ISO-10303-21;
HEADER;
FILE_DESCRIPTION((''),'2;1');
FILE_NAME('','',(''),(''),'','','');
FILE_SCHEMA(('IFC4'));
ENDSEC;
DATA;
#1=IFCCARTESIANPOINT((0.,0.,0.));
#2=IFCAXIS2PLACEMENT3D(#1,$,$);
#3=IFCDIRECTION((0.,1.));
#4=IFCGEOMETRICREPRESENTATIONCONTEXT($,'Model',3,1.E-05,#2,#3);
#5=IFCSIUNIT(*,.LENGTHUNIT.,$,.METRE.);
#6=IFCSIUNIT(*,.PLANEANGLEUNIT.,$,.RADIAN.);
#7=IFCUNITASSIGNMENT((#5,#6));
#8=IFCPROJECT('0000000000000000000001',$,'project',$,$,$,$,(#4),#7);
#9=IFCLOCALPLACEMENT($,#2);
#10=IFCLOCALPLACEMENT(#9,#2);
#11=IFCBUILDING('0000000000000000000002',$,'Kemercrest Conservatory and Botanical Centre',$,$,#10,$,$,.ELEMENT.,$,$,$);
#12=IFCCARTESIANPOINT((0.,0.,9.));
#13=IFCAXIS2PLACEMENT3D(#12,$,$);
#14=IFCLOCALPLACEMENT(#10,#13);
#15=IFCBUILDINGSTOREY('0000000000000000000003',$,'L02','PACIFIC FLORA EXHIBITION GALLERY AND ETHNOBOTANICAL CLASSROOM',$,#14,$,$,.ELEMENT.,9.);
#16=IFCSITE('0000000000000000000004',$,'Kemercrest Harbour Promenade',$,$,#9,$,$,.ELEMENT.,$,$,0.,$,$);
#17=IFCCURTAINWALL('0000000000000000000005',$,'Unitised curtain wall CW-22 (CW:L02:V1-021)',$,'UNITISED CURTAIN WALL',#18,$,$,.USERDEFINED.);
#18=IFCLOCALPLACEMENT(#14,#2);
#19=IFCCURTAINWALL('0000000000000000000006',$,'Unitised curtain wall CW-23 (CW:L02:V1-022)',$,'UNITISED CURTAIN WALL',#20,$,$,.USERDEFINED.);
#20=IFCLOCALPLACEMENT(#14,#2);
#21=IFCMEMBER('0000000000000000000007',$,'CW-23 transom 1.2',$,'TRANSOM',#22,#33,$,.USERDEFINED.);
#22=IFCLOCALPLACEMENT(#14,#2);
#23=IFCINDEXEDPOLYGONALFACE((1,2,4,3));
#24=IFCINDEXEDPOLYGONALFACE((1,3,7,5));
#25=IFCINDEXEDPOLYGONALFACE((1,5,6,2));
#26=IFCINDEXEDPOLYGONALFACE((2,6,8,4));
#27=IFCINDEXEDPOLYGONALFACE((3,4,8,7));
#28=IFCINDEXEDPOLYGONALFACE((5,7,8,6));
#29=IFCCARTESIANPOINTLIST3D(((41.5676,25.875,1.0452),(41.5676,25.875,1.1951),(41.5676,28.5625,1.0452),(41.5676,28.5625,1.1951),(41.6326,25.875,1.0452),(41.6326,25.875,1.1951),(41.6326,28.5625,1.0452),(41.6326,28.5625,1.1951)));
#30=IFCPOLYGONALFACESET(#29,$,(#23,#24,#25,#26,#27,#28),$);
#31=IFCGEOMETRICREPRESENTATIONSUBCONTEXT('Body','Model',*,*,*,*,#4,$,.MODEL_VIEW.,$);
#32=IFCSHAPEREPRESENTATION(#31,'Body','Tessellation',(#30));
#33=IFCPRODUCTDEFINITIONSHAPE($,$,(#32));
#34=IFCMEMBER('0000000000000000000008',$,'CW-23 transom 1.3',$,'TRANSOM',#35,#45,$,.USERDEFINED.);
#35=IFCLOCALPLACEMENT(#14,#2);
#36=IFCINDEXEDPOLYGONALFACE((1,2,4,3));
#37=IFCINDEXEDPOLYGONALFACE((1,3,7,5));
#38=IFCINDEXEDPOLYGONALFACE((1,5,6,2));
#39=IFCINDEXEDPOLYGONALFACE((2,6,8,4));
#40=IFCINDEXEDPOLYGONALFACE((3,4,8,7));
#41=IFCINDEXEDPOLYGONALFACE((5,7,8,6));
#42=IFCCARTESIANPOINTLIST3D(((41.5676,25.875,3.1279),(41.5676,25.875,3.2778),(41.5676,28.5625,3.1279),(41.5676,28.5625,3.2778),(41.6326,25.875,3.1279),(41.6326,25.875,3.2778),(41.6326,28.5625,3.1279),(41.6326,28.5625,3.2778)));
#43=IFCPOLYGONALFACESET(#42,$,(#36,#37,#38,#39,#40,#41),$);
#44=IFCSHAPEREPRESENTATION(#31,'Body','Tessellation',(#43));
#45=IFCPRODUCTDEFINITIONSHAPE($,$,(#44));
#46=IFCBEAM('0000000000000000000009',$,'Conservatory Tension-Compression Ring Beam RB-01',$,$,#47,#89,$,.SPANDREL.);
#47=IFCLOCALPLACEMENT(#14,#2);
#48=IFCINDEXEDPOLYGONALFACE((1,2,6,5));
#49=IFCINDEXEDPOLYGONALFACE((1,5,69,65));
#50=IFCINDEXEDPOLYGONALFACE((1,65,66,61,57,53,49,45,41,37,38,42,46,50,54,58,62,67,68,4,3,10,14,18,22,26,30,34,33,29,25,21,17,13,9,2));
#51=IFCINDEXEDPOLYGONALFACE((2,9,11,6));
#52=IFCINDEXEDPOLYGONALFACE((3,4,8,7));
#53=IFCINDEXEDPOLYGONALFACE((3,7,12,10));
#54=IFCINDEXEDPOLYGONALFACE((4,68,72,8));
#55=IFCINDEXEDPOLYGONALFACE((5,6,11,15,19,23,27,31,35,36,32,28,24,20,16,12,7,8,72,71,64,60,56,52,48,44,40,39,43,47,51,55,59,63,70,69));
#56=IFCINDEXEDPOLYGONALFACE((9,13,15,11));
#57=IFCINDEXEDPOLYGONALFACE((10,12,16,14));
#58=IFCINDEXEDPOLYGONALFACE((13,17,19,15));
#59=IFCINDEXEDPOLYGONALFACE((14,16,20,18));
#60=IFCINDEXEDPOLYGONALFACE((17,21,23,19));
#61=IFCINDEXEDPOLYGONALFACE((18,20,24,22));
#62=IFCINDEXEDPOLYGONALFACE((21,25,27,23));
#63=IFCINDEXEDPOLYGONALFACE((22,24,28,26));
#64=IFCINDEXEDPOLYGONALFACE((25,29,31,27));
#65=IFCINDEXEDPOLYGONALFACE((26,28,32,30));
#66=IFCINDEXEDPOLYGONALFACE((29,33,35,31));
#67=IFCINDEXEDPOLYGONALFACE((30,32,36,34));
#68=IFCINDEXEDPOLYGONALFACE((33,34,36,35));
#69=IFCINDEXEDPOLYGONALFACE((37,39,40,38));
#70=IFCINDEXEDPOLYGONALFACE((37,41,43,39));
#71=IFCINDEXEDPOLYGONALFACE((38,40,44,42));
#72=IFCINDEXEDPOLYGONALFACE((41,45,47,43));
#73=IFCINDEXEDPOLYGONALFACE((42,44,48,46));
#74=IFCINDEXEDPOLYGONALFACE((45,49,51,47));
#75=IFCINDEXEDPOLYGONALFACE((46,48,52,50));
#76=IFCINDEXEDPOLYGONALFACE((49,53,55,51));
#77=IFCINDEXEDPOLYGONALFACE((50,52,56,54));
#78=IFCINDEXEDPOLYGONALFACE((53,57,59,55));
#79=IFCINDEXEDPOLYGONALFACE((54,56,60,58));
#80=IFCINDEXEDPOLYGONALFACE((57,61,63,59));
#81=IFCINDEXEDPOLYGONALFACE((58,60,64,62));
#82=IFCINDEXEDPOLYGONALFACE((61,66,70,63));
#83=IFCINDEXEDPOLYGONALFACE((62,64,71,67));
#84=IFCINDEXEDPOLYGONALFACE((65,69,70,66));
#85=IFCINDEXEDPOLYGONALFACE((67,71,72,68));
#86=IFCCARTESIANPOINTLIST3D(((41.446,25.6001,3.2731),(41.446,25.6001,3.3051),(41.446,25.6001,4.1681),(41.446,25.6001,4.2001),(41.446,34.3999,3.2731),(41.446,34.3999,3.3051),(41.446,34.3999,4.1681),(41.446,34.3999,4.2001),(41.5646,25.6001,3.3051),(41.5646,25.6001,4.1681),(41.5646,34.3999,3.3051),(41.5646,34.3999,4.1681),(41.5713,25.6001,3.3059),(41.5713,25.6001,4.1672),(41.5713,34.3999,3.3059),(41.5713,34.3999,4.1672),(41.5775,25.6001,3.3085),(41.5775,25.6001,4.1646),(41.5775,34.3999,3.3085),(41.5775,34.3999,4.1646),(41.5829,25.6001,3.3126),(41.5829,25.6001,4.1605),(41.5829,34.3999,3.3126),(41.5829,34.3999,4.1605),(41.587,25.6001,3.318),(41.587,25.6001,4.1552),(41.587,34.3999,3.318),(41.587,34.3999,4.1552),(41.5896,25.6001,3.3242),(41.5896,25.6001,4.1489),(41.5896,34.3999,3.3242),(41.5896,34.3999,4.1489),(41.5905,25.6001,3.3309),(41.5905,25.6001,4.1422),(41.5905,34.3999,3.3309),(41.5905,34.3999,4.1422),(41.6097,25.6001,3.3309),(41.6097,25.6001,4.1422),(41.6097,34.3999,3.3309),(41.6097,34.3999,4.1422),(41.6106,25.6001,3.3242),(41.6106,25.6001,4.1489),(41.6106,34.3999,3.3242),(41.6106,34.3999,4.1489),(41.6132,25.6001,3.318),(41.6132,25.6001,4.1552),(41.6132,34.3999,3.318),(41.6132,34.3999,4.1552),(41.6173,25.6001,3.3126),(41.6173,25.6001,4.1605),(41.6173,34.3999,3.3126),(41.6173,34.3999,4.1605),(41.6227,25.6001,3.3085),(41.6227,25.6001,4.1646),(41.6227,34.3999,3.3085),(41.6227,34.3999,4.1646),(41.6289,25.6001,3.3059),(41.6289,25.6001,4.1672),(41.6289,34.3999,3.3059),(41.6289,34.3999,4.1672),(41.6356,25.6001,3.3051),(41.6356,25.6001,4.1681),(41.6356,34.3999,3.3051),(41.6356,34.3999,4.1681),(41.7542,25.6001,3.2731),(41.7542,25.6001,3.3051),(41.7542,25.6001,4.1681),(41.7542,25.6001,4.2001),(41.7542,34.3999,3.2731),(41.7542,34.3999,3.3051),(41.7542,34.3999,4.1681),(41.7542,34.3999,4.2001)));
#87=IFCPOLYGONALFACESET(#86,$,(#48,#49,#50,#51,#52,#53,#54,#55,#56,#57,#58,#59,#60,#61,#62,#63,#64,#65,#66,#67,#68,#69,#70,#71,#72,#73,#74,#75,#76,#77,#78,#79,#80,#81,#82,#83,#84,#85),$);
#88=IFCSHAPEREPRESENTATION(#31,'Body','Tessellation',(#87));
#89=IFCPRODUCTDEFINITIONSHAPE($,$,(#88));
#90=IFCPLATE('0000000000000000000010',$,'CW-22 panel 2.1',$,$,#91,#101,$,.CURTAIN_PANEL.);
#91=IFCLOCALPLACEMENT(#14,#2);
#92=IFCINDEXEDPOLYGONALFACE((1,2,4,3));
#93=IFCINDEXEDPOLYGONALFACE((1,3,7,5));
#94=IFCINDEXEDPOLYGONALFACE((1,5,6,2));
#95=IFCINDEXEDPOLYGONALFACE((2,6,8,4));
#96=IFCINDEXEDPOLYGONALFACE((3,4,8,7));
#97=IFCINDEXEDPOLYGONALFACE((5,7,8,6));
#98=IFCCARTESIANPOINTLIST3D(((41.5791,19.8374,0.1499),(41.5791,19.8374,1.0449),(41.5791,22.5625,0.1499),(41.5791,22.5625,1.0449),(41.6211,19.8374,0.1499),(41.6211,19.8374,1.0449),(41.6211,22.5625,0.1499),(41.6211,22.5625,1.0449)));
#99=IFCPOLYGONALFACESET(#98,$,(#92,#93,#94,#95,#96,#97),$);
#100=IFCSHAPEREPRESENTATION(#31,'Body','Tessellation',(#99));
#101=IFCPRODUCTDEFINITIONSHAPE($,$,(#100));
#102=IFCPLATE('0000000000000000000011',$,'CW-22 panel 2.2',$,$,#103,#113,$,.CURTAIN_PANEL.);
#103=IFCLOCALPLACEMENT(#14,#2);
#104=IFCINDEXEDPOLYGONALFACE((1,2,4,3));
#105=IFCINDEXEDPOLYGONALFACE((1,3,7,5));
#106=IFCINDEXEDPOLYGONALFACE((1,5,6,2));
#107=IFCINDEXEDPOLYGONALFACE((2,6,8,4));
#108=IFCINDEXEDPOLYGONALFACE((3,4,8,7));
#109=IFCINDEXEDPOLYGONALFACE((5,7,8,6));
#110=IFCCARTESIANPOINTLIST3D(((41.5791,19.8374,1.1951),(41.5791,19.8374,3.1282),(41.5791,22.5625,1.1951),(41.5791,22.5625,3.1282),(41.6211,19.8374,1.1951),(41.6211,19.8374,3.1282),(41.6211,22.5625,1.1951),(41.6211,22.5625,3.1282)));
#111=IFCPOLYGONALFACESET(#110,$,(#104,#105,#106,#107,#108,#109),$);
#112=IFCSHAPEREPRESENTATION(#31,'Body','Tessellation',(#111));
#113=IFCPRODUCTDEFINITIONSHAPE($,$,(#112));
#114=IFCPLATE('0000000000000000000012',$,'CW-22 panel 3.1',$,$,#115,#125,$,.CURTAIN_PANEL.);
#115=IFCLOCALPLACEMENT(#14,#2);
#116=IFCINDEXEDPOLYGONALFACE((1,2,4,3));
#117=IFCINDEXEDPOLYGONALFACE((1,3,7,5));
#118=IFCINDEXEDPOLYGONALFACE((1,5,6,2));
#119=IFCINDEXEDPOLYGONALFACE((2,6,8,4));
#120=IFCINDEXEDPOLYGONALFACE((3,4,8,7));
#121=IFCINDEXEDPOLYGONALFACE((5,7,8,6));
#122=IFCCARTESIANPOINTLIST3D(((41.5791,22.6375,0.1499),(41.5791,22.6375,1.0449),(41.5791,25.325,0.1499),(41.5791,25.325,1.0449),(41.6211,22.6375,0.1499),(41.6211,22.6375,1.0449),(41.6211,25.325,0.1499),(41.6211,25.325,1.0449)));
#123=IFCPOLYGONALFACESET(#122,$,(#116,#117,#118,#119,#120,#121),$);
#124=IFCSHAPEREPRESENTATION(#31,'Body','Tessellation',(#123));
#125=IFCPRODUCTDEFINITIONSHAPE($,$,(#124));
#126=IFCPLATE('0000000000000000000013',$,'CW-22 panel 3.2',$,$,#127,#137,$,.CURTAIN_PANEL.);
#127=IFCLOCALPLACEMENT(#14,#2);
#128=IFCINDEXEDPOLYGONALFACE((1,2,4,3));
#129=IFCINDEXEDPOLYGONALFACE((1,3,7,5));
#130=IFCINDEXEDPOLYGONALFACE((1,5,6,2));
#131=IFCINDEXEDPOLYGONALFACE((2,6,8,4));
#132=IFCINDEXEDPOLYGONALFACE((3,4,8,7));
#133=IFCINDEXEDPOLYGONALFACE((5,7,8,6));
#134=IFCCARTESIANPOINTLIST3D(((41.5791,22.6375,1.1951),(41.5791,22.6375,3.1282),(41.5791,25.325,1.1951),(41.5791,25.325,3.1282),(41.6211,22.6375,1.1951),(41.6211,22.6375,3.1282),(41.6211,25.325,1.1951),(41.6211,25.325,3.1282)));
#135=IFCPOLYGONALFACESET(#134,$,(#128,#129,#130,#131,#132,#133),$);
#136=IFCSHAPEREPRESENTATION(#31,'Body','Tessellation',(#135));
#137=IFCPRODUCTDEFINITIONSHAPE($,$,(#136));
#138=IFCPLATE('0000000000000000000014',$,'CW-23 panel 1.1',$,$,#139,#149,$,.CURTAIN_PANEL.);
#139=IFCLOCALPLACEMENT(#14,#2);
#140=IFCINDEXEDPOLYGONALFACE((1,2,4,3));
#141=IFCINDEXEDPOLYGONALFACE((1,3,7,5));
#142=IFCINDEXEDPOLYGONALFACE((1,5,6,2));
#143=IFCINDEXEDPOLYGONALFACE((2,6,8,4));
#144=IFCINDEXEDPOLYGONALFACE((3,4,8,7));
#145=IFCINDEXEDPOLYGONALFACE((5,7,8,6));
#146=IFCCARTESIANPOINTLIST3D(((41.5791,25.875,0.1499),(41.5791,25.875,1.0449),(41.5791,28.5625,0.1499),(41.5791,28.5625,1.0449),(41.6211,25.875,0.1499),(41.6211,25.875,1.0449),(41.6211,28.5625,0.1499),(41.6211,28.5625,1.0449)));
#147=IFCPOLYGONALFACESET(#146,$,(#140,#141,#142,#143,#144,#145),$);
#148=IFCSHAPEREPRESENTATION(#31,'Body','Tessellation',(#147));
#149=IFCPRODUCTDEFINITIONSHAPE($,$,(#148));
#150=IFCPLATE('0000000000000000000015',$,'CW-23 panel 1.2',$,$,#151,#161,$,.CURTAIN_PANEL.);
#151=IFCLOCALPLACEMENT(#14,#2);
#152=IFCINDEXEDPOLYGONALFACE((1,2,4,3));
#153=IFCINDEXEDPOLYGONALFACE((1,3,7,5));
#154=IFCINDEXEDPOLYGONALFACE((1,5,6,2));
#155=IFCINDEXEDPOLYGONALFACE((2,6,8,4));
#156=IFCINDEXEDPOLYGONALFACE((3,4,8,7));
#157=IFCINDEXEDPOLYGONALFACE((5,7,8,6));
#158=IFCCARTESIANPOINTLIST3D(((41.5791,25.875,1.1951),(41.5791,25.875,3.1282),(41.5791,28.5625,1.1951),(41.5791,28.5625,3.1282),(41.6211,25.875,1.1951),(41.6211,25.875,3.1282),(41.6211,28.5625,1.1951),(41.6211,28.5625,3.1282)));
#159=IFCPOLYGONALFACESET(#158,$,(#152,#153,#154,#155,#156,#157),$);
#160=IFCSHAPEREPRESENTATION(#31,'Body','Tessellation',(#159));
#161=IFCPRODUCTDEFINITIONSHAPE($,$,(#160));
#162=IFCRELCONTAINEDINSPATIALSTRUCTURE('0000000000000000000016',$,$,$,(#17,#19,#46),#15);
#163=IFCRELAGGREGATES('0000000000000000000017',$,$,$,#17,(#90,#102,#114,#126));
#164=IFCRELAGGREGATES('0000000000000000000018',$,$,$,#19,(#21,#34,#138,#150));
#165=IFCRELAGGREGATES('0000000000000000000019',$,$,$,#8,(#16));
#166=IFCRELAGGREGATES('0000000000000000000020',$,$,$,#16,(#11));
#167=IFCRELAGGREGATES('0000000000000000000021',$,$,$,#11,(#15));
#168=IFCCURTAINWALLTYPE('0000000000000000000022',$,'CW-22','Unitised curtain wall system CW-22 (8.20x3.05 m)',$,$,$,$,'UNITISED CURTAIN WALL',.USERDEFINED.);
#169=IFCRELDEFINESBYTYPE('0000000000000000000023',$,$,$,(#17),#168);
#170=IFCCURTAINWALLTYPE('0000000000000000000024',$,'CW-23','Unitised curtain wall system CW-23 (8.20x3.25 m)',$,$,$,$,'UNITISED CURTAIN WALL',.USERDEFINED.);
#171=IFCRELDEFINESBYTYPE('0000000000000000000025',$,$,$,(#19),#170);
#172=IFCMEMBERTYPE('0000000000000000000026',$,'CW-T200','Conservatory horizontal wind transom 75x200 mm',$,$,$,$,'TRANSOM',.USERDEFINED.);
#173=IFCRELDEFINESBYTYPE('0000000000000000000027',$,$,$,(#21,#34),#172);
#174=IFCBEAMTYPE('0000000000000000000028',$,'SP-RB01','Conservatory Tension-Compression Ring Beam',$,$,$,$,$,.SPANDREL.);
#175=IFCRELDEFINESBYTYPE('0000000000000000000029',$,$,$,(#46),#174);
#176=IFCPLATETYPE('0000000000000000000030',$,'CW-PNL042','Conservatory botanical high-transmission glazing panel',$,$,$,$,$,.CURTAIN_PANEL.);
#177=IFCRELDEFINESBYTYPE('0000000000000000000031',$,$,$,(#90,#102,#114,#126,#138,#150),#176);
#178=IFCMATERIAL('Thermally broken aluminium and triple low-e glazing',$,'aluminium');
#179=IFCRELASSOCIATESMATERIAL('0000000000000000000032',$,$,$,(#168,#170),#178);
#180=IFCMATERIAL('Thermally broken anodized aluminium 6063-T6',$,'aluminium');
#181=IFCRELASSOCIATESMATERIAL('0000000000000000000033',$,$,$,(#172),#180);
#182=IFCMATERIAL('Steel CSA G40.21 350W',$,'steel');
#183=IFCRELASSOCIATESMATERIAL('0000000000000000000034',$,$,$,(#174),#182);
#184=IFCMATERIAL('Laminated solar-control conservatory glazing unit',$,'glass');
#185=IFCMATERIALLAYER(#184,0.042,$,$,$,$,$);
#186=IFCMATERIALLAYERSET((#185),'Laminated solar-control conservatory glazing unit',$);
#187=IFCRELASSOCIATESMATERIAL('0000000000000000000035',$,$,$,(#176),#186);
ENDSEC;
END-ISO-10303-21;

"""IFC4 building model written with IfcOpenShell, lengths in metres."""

from ifc_helpers import new_model, si_unit, direction, frame, origin, origin_2d, place, context, subcontext, project, spatial, rectangle, i_section, extrude, material, layer, layer_set, material_profile, profile_set, type_object, element, aggregate, save


model = new_model("IFC4")

# Units and contexts
model_context = context("Model", 3, precision=1e-05, world=origin(), true_north=direction((0.0, 1.0)))
body_context = subcontext(model_context, "Body", "Model", "MODEL_VIEW")
ifc_project = project(units=[si_unit("LENGTHUNIT", "METRE"), si_unit("PLANEANGLEUNIT", "RADIAN")], contexts=[model_context])

# Site, building, storey
site_placement = place(None, origin())
site = spatial("IfcSite", under=ifc_project, at=site_placement, Name="Kemercrest Harbour Promenade", CompositionType="ELEMENT", RefElevation=0.0)
building_placement = place(site_placement, origin())
building = spatial("IfcBuilding", under=site, at=building_placement, Name="Kemercrest Conservatory and Botanical Centre", CompositionType="ELEMENT")
storey_placement = place(building_placement, frame((0.0, 0.0, 9.0)))
storey = spatial("IfcBuildingStorey", under=building, at=storey_placement, Name="L02", Description="PACIFIC FLORA EXHIBITION GALLERY AND ETHNOBOTANICAL CLASSROOM", CompositionType="ELEMENT", Elevation=9.0)

# Shared definitions
ifc_material_1 = material(Name="Steel CSA G40.21 350W", Category="steel")

# Curtain walls
ifc_material_2 = material(Name="Thermally broken aluminium and triple low-e glazing", Category="aluminium")
curtain_wall_type_1 = type_object("IfcCurtainWallType", Name="CW-22", Description="Unitised curtain wall system CW-22 (8.20x3.05 m)", ElementType="UNITISED CURTAIN WALL", PredefinedType="USERDEFINED", material=ifc_material_2)
curtain_wall_1_placement = place(storey_placement, origin())
curtain_wall_1 = element("IfcCurtainWall", 1, at=curtain_wall_1_placement, inside=storey, type_object=curtain_wall_type_1, Name="Unitised curtain wall CW-22 (CW:L02:V1-021)", ObjectType="UNITISED CURTAIN WALL", PredefinedType="USERDEFINED")
ifc_material_3 = material(Name="Thermally broken anodized aluminium 6063-T6", Category="aluminium")
curtain_wall_type_2 = type_object("IfcCurtainWallType", Name="CW-23", Description="Unitised curtain wall system CW-23 (8.20x3.25 m)", ElementType="UNITISED CURTAIN WALL", PredefinedType="USERDEFINED", material=ifc_material_2)
curtain_wall_2_placement = place(storey_placement, origin())
curtain_wall_2 = element("IfcCurtainWall", 2, at=curtain_wall_2_placement, inside=storey, type_object=curtain_wall_type_2, Name="Unitised curtain wall CW-23 (CW:L02:V1-022)", ObjectType="UNITISED CURTAIN WALL", PredefinedType="USERDEFINED")

# Members
ifc_material_profile_1 = material_profile(ifc_material_3, rectangle(XDim=0.0649, YDim=0.1499, at=origin_2d()), Name="AL TRANSOM 65x150")
ifc_profile_set_1 = profile_set([ifc_material_profile_1], Name="Thermally broken anodized aluminium 6063-T6")
member_type_1 = type_object("IfcMemberType", Name="CW-T200", Description="Conservatory horizontal wind transom 75x200 mm", ElementType="TRANSOM", PredefinedType="USERDEFINED", material=ifc_profile_set_1)
member_1_placement = place(storey_placement, frame((41.6001, 25.875, 1.1201), z_axis=(0.0, 1.0, 0.0), x_axis=(-1.0, 0.0, 0.0)))
member_1 = element("IfcMember", 3, at=member_1_placement, type_object=member_type_1, Name="CW-23 transom 1.2", ObjectType="TRANSOM", PredefinedType="USERDEFINED", context=body_context, shape_type="SweptSolid", body=[
    extrude(rectangle(XDim=0.0649, YDim=0.1499, at=origin_2d()), origin(), (0.0, 0.0, 1.0), 2.6875),
])
member_2_placement = place(storey_placement, frame((41.6001, 25.875, 3.2029), z_axis=(0.0, 1.0, 0.0), x_axis=(-1.0, 0.0, 0.0)))
member_2 = element("IfcMember", 4, at=member_2_placement, type_object=member_type_1, Name="CW-23 transom 1.3", ObjectType="TRANSOM", PredefinedType="USERDEFINED", context=body_context, shape_type="SweptSolid", body=[
    extrude(rectangle(XDim=0.0649, YDim=0.1499, at=origin_2d()), origin(), (0.0, 0.0, 1.0), 2.6875),
])

# Beam
ifc_material_profile_2 = material_profile(ifc_material_1, i_section(OverallWidth=0.3081, OverallDepth=0.927, WebThickness=0.0193, FlangeThickness=0.032, FilletRadius=0.0259, at=origin_2d()), Name="W920X289")
ifc_profile_set_2 = profile_set([ifc_material_profile_2], Name="Steel CSA G40.21 350W")
beam_type = type_object("IfcBeamType", Name="SP-RB01", Description="Conservatory Tension-Compression Ring Beam", PredefinedType="SPANDREL", material=ifc_profile_set_2)
beam_placement = place(storey_placement, frame((41.6001, 25.6001, 3.7366), z_axis=(0.0, 1.0, 0.0), x_axis=(-1.0, 0.0, 0.0)))
element("IfcBeam", 5, at=beam_placement, inside=storey, type_object=beam_type, Name="Conservatory Tension-Compression Ring Beam RB-01", PredefinedType="SPANDREL", context=body_context, shape_type="SweptSolid", body=[
    extrude(i_section(OverallWidth=0.3081, OverallDepth=0.927, WebThickness=0.0193, FlangeThickness=0.032, FilletRadius=0.0259, at=origin_2d()), origin(), (0.0, 0.0, 1.0), 8.7998),
])

# Plates
ifc_material_4 = material(Name="Laminated solar-control conservatory glazing unit", Category="glass")
ifc_layer = layer(ifc_material_4, 0.042)
ifc_layer_set = layer_set([ifc_layer], Name="Laminated solar-control conservatory glazing unit")
plate_type = type_object("IfcPlateType", Name="CW-PNL042", Description="Conservatory botanical high-transmission glazing panel", PredefinedType="CURTAIN_PANEL", material=ifc_layer_set)
plate_1_placement = place(storey_placement, frame((41.6001, 21.2, 0.1499), z_axis=(0.0, 0.0, 1.0), x_axis=(0.0, 1.0, 0.0)))
plate_1 = element("IfcPlate", 6, at=plate_1_placement, type_object=plate_type, Name="CW-22 panel 2.1", PredefinedType="CURTAIN_PANEL", context=body_context, shape_type="SweptSolid", body=[
    extrude(rectangle(XDim=2.7251, YDim=0.042, at=origin_2d()), origin(), (0.0, 0.0, 1.0), 0.895),
])
plate_2_placement = place(storey_placement, frame((41.6001, 21.2, 1.1951), z_axis=(0.0, 0.0, 1.0), x_axis=(0.0, 1.0, 0.0)))
plate_2 = element("IfcPlate", 7, at=plate_2_placement, type_object=plate_type, Name="CW-22 panel 2.2", PredefinedType="CURTAIN_PANEL", context=body_context, shape_type="SweptSolid", body=[
    extrude(rectangle(XDim=2.7251, YDim=0.042, at=origin_2d()), origin(), (0.0, 0.0, 1.0), 1.9331),
])
plate_3_placement = place(storey_placement, frame((41.6001, 23.9812, 0.1499), z_axis=(0.0, 0.0, 1.0), x_axis=(0.0, 1.0, 0.0)))
plate_3 = element("IfcPlate", 8, at=plate_3_placement, type_object=plate_type, Name="CW-22 panel 3.1", PredefinedType="CURTAIN_PANEL", context=body_context, shape_type="SweptSolid", body=[
    extrude(rectangle(XDim=2.6875, YDim=0.042, at=origin_2d()), origin(), (0.0, 0.0, 1.0), 0.895),
])
plate_4_placement = place(storey_placement, frame((41.6001, 23.9812, 1.1951), z_axis=(0.0, 0.0, 1.0), x_axis=(0.0, 1.0, 0.0)))
plate_4 = element("IfcPlate", 9, at=plate_4_placement, type_object=plate_type, Name="CW-22 panel 3.2", PredefinedType="CURTAIN_PANEL", context=body_context, shape_type="SweptSolid", body=[
    extrude(rectangle(XDim=2.6875, YDim=0.042, at=origin_2d()), origin(), (0.0, 0.0, 1.0), 1.9331),
])
aggregate(curtain_wall_1, [plate_1, plate_2, plate_3, plate_4])
plate_5_placement = place(storey_placement, frame((41.6001, 27.2188, 0.1499), z_axis=(0.0, 0.0, 1.0), x_axis=(0.0, 1.0, 0.0)))
plate_5 = element("IfcPlate", 10, at=plate_5_placement, type_object=plate_type, Name="CW-23 panel 1.1", PredefinedType="CURTAIN_PANEL", context=body_context, shape_type="SweptSolid", body=[
    extrude(rectangle(XDim=2.6875, YDim=0.042, at=origin_2d()), origin(), (0.0, 0.0, 1.0), 0.895),
])
plate_6_placement = place(storey_placement, frame((41.6001, 27.2188, 1.1951), z_axis=(0.0, 0.0, 1.0), x_axis=(0.0, 1.0, 0.0)))
plate_6 = element("IfcPlate", 11, at=plate_6_placement, type_object=plate_type, Name="CW-23 panel 1.2", PredefinedType="CURTAIN_PANEL", context=body_context, shape_type="SweptSolid", body=[
    extrude(rectangle(XDim=2.6875, YDim=0.042, at=origin_2d()), origin(), (0.0, 0.0, 1.0), 1.9331),
])
aggregate(curtain_wall_2, [member_1, member_2, plate_5, plate_6])

save(model, "model.ifc")
